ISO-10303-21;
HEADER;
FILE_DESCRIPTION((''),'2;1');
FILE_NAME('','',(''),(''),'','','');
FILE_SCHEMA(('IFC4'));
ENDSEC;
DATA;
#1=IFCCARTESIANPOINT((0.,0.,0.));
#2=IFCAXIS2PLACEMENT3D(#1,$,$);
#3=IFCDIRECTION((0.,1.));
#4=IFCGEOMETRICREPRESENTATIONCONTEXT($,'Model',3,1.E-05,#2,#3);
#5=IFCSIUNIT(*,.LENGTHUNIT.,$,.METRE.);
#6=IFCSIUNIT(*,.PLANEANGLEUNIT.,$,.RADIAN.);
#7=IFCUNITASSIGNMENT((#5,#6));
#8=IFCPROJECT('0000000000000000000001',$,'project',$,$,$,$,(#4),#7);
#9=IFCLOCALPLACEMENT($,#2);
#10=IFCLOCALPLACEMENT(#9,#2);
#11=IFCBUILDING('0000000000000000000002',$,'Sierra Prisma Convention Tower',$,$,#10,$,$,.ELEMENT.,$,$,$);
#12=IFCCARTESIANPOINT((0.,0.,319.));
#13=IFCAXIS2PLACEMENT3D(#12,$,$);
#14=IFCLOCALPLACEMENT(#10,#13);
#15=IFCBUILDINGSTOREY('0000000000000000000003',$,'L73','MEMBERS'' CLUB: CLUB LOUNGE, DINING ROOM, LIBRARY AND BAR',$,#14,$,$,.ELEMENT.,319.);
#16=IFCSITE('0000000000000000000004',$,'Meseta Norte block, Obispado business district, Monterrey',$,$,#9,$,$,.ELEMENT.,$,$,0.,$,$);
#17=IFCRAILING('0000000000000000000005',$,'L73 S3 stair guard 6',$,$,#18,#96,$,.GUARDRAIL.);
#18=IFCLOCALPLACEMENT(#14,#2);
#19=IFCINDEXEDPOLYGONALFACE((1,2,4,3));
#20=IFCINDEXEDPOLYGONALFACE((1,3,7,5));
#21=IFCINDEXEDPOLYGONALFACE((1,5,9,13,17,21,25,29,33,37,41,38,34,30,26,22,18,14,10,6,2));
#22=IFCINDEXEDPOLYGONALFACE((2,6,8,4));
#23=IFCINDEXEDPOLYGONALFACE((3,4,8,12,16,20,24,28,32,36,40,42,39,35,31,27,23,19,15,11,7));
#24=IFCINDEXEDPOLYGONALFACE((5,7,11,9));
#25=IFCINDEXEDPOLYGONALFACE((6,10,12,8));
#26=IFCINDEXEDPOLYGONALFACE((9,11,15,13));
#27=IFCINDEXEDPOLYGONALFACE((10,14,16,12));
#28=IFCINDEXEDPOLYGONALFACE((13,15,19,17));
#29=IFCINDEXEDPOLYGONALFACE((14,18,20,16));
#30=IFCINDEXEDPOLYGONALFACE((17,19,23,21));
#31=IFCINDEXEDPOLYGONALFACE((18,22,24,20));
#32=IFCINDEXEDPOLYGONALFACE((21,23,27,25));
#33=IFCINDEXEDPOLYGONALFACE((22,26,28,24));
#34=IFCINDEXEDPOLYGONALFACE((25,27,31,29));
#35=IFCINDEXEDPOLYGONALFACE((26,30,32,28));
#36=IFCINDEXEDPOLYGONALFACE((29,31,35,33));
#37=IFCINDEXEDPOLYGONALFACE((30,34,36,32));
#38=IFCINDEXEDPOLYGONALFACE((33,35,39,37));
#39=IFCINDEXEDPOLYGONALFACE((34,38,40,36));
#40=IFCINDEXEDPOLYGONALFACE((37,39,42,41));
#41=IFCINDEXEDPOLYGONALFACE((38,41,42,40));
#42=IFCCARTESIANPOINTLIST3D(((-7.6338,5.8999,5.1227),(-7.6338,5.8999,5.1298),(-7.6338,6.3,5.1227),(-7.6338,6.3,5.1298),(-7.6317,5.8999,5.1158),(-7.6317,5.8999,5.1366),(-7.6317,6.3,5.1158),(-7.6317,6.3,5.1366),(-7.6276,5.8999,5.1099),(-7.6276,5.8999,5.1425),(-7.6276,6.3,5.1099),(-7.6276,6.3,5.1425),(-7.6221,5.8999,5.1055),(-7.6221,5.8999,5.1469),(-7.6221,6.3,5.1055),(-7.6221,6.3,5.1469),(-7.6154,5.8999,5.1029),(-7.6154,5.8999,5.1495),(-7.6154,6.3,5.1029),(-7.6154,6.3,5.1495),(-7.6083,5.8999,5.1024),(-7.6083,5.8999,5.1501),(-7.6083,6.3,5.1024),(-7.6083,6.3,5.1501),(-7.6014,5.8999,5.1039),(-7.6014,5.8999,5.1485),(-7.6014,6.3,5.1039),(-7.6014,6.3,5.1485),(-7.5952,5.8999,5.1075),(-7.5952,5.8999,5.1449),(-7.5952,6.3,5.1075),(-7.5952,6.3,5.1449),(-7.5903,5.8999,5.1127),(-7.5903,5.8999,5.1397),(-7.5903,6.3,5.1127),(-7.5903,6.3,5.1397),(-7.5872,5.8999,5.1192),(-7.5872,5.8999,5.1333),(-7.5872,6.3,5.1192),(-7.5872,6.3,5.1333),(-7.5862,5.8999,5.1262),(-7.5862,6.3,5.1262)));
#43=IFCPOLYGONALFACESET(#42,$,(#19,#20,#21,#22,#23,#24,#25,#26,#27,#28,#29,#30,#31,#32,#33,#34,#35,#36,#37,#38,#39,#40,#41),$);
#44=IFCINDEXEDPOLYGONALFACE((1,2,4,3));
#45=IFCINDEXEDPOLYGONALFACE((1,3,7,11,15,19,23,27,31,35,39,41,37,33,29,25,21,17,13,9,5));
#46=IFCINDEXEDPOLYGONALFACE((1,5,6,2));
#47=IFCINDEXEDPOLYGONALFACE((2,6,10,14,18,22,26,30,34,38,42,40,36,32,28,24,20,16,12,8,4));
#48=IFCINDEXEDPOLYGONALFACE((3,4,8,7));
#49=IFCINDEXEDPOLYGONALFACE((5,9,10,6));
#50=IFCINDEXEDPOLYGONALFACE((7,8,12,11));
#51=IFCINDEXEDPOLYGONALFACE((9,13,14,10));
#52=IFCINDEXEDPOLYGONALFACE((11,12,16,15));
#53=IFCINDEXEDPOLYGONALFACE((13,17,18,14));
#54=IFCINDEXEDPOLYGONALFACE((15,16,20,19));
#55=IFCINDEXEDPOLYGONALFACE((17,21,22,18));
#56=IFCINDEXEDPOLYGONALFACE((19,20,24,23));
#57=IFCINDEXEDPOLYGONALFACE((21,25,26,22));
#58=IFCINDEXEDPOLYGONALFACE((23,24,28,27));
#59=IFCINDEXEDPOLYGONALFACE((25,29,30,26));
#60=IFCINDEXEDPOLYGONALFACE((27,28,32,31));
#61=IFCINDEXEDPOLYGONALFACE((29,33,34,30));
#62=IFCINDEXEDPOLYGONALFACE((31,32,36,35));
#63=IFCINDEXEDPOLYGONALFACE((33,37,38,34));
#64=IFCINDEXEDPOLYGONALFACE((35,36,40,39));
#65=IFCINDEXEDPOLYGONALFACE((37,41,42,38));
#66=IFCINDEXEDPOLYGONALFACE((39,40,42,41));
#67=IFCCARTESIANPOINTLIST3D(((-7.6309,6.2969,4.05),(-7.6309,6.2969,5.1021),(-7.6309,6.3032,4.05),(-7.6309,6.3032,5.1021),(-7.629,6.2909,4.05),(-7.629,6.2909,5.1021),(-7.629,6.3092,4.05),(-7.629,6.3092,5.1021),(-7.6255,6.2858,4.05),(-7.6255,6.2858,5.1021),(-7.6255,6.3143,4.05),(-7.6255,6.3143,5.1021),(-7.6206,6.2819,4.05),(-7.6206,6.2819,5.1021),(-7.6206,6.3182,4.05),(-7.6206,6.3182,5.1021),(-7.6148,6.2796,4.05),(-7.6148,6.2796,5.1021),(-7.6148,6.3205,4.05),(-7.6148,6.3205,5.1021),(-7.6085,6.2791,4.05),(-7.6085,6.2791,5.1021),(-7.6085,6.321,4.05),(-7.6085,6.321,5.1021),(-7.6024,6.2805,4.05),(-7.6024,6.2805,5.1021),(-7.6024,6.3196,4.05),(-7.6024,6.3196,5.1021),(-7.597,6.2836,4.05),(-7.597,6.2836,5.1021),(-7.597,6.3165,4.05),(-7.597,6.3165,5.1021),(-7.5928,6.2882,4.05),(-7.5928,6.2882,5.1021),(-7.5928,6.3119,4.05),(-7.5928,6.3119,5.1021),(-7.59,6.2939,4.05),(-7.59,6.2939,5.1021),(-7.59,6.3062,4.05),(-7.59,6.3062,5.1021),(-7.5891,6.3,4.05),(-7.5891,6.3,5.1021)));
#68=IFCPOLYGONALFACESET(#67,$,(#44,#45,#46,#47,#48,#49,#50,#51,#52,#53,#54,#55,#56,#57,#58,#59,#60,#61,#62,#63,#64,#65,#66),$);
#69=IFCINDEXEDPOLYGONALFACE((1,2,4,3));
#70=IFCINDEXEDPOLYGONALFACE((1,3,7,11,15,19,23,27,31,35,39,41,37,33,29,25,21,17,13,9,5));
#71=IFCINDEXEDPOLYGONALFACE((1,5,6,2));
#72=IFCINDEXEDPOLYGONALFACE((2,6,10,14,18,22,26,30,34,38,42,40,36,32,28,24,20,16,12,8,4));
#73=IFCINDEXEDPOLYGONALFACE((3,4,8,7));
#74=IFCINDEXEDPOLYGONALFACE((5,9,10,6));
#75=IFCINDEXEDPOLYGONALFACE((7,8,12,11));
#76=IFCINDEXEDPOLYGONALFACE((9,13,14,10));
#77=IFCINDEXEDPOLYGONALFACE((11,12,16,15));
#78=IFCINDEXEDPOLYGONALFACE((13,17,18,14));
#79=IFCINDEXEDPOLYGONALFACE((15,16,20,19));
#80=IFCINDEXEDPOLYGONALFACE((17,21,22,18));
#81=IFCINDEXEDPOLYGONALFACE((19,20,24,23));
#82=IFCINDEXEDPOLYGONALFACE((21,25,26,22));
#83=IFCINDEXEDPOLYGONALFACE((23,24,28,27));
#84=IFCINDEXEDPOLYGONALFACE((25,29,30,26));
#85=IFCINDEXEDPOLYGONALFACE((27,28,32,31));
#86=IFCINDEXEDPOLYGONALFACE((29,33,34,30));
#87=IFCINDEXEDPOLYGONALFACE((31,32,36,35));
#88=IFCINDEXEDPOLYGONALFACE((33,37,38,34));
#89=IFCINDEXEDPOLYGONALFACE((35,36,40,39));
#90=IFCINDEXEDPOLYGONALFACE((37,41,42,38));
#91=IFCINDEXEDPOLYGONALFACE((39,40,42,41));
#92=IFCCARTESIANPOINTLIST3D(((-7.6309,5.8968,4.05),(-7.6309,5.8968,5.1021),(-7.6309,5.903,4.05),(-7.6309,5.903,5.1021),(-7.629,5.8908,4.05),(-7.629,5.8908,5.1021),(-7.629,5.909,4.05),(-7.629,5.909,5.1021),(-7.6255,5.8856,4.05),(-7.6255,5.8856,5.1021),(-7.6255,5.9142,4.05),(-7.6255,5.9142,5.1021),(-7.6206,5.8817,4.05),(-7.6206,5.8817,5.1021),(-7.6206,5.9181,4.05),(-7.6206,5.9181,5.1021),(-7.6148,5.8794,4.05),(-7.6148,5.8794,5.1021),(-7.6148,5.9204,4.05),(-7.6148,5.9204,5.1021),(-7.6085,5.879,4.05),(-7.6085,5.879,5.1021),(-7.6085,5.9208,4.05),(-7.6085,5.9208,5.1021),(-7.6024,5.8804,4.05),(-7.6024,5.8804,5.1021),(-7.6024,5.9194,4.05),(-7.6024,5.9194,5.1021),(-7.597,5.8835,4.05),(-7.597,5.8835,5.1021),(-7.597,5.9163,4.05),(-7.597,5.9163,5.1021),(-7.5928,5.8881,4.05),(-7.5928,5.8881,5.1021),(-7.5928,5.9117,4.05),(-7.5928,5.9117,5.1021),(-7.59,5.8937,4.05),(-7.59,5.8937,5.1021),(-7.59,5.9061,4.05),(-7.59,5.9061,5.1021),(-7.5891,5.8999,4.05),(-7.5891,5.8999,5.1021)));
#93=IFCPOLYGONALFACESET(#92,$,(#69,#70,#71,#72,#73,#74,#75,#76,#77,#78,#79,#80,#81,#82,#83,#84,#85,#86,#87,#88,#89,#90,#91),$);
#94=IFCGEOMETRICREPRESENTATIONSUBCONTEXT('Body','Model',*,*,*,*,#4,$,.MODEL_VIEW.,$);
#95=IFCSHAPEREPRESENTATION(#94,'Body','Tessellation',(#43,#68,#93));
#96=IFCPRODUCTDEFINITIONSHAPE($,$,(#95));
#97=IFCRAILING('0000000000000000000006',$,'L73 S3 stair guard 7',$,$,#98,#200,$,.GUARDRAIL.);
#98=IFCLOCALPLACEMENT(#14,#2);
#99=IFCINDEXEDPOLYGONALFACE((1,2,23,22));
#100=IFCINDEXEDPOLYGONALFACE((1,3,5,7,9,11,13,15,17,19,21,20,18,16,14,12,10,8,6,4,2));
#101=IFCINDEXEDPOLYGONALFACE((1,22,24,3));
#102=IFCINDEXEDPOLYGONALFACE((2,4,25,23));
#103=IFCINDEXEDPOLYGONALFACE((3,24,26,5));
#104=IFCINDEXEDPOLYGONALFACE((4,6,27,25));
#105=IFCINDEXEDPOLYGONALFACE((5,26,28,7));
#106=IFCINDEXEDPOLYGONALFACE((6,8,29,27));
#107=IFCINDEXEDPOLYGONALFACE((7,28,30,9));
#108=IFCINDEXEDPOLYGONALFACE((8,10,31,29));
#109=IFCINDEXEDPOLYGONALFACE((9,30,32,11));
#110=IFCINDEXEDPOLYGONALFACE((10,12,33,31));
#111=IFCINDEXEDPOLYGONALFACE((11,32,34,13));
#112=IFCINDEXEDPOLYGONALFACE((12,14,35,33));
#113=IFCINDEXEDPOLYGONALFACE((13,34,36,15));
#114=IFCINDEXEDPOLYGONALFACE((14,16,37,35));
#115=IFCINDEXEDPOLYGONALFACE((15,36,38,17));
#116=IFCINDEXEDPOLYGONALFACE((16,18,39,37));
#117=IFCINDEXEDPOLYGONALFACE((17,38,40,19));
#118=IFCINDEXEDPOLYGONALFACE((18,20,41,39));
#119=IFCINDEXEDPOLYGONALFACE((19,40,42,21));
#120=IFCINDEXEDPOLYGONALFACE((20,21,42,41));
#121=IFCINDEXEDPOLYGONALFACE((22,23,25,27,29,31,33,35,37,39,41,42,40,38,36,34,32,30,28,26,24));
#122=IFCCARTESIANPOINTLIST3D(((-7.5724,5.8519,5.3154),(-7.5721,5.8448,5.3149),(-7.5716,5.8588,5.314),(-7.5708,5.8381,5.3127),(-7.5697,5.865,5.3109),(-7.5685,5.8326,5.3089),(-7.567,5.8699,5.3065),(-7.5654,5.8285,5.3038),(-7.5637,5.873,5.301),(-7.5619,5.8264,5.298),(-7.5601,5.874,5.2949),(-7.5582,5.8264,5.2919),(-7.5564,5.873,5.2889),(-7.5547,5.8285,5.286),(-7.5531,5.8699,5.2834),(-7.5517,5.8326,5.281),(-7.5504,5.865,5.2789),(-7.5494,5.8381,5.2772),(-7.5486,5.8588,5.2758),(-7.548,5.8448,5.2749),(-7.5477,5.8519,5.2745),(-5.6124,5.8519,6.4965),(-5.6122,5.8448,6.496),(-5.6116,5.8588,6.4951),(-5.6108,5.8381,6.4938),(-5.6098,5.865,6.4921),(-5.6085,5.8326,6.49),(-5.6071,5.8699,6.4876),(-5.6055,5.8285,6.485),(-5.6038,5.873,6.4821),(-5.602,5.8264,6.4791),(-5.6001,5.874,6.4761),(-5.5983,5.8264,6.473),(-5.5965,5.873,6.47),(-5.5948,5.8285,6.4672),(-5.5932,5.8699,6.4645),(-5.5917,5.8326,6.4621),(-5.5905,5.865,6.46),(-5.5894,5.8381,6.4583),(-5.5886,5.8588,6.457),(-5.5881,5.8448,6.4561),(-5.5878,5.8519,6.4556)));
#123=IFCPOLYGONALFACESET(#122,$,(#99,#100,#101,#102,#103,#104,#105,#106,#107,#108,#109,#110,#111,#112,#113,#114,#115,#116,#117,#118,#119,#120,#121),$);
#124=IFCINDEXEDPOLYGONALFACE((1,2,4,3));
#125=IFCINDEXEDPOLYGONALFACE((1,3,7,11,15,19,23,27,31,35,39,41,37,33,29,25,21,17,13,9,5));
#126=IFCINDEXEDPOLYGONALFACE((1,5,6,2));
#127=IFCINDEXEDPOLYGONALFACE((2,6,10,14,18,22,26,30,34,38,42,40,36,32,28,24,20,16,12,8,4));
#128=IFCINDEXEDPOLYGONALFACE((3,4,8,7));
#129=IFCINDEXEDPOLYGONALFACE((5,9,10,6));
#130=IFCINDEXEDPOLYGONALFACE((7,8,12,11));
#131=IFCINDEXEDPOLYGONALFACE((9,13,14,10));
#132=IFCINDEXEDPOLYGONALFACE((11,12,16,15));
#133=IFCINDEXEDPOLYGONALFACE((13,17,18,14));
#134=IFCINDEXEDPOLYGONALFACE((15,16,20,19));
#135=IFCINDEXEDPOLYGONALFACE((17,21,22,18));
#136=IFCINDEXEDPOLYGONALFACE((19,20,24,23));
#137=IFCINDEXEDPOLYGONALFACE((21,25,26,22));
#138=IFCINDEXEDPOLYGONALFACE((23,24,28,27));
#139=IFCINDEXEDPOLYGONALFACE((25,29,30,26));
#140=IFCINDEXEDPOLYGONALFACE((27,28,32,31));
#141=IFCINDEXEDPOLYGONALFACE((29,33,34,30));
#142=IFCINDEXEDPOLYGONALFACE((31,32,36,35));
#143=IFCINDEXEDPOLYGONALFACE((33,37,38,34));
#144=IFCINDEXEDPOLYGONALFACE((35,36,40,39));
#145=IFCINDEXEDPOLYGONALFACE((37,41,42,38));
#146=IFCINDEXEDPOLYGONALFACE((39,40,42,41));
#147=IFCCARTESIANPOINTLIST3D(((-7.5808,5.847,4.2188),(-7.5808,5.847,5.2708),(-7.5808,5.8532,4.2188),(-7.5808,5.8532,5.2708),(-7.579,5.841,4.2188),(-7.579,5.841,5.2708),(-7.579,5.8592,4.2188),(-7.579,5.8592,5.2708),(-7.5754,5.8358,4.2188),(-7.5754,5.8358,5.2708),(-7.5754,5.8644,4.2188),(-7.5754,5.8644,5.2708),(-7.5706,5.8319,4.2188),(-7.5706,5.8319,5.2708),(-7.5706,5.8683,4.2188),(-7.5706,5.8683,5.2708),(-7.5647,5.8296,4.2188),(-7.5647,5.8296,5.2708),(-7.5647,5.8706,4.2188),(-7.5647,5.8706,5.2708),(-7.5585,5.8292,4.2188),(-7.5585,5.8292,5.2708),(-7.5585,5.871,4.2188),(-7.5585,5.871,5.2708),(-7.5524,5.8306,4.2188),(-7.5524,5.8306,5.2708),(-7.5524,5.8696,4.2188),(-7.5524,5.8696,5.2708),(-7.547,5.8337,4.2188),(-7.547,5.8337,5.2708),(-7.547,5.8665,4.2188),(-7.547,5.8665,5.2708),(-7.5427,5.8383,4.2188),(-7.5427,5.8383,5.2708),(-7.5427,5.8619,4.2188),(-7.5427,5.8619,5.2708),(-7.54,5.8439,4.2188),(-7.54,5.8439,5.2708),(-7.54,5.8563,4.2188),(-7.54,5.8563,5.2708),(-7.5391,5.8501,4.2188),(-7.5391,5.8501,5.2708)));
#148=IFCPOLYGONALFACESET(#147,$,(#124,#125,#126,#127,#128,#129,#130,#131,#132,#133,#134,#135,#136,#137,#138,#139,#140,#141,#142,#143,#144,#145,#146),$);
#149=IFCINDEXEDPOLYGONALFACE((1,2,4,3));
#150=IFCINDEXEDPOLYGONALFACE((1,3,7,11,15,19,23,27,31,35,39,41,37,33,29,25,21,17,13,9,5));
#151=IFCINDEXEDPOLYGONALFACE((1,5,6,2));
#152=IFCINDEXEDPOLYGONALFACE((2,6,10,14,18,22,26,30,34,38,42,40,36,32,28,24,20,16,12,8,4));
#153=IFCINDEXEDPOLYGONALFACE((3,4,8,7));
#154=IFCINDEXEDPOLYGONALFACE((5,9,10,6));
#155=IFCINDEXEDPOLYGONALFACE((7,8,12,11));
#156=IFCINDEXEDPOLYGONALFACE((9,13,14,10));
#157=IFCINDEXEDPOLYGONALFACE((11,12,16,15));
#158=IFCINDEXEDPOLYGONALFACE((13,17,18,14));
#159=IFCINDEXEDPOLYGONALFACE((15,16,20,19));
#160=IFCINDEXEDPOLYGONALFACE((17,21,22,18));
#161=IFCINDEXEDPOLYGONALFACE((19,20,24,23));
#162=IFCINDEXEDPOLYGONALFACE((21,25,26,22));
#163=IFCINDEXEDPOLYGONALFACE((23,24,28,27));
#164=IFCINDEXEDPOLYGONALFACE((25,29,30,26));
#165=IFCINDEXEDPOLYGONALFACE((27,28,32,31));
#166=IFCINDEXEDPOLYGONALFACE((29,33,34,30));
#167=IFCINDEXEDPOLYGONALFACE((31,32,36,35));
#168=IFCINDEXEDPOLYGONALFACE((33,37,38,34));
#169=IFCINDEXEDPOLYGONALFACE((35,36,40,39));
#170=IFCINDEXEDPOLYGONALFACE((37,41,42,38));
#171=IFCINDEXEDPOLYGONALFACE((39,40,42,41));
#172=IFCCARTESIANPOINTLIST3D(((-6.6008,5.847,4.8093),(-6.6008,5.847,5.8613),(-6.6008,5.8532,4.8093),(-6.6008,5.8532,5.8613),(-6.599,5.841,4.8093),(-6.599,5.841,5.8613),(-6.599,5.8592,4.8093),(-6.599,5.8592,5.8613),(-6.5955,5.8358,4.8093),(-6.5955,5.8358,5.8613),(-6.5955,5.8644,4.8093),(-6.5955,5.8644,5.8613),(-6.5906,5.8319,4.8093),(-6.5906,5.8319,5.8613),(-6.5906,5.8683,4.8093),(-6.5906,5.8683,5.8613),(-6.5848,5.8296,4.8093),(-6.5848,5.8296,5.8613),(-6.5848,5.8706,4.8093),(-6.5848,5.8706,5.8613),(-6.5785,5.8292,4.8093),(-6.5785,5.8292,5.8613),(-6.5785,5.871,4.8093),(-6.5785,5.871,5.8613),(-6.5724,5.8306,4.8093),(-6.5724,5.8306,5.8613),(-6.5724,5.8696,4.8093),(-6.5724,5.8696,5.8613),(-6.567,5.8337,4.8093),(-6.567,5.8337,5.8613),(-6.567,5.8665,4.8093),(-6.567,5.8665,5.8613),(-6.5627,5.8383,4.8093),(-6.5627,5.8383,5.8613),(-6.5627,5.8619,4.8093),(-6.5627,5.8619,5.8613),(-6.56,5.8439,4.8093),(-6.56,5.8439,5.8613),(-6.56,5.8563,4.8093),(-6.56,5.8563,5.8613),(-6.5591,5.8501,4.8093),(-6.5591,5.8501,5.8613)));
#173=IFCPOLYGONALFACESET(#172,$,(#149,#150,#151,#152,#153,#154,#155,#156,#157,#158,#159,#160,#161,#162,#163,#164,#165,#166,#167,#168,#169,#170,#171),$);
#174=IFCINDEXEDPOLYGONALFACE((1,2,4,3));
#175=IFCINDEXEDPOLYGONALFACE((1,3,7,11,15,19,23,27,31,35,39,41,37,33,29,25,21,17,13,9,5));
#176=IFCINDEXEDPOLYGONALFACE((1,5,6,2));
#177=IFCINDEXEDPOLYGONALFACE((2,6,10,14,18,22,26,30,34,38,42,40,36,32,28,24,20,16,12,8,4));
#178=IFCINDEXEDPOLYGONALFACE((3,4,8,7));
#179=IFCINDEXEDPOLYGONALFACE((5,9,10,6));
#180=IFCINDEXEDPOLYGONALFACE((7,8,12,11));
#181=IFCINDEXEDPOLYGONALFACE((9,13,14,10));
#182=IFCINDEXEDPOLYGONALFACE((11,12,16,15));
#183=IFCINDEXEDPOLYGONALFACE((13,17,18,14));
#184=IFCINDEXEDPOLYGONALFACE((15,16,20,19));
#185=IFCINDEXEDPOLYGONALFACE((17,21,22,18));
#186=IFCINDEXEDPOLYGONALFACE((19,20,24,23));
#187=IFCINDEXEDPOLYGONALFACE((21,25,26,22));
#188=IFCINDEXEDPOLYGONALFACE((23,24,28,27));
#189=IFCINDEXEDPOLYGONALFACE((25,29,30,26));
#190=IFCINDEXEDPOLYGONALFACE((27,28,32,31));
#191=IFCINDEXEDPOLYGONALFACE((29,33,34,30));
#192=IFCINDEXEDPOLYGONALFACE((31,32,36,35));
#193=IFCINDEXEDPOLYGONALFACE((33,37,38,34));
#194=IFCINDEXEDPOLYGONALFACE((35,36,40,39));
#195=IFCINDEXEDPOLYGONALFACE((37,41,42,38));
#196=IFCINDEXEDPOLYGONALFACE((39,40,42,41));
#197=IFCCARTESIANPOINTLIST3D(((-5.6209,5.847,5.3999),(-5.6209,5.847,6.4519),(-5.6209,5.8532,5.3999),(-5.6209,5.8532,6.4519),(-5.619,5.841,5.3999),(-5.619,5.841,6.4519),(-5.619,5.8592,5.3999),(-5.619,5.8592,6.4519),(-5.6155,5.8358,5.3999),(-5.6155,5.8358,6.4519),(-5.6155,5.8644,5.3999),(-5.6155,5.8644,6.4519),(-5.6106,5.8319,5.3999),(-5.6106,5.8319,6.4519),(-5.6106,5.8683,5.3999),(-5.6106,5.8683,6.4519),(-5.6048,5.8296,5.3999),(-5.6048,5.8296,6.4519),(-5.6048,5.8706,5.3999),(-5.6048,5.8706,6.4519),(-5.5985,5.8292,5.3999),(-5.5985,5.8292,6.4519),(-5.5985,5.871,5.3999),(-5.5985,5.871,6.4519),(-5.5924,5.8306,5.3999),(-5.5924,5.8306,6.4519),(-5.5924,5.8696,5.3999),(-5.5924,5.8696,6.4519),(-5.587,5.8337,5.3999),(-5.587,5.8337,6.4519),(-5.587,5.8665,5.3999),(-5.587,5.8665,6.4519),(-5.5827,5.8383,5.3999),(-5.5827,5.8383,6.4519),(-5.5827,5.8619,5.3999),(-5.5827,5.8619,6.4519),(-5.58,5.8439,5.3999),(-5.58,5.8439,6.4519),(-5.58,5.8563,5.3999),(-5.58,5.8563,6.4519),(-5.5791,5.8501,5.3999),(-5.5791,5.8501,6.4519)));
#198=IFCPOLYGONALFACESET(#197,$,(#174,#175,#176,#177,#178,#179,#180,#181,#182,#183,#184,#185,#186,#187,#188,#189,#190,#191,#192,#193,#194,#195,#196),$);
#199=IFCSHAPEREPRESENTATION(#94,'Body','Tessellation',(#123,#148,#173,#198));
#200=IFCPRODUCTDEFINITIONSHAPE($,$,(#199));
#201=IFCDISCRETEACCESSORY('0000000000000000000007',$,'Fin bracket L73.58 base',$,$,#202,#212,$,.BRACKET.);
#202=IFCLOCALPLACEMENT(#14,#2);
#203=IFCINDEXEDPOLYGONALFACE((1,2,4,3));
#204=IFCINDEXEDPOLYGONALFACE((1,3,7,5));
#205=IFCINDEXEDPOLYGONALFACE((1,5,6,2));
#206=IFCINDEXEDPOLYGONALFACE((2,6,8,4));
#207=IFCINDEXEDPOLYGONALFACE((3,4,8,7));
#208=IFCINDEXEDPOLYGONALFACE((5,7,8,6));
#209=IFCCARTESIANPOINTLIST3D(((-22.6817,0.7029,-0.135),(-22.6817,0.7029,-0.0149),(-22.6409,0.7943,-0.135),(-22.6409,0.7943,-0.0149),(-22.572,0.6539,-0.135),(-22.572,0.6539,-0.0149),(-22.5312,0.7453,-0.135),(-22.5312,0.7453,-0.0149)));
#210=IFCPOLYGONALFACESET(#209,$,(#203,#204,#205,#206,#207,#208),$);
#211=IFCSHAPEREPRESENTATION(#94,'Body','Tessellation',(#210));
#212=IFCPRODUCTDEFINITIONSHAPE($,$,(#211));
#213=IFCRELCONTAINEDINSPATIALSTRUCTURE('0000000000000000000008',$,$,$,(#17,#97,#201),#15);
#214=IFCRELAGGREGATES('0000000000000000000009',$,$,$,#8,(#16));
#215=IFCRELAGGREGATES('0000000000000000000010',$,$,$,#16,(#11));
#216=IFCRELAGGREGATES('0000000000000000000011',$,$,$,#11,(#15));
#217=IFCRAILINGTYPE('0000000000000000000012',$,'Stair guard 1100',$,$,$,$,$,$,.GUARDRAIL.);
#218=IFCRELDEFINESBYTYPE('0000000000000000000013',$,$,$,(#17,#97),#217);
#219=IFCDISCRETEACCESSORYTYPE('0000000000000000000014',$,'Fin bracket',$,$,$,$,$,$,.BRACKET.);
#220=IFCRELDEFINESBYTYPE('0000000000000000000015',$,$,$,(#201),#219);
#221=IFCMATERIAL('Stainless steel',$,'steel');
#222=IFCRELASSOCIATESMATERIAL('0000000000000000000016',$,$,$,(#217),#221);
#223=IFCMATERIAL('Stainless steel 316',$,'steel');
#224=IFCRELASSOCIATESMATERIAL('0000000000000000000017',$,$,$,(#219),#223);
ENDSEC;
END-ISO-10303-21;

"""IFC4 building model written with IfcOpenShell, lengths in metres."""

from ifc_helpers import new_model, si_unit, direction, frame, origin, origin_2d, place, context, subcontext, project, spatial, rectangle, circle, extrude, material, type_object, element, save


model = new_model("IFC4")

# Units and contexts
model_context = context("Model", 3, precision=1e-05, world=origin(), true_north=direction((0.0, 1.0)))
body_context = subcontext(model_context, "Body", "Model", "MODEL_VIEW")
ifc_project = project(units=[si_unit("LENGTHUNIT", "METRE"), si_unit("PLANEANGLEUNIT", "RADIAN")], contexts=[model_context])

# Site, building, storey
site_placement = place(None, origin())
site = spatial("IfcSite", under=ifc_project, at=site_placement, Name="Meseta Norte block, Obispado business district, Monterrey", CompositionType="ELEMENT", RefElevation=0.0)
building_placement = place(site_placement, origin())
building = spatial("IfcBuilding", under=site, at=building_placement, Name="Sierra Prisma Convention Tower", CompositionType="ELEMENT")
storey_placement = place(building_placement, frame((0.0, 0.0, 319.0)))
storey = spatial("IfcBuildingStorey", under=building, at=storey_placement, Name="L73", Description="MEMBERS' CLUB: CLUB LOUNGE, DINING ROOM, LIBRARY AND BAR", CompositionType="ELEMENT", Elevation=319.0)

# Railings
ifc_material_1 = material(Name="Stainless steel", Category="steel")
railing_type_1 = type_object("IfcRailingType", Name="Stair guard 1100", PredefinedType="GUARDRAIL", material=ifc_material_1)
railing_1_placement = place(storey_placement, frame((-7.6101, 6.3, 4.05)))
element("IfcRailing", 1, at=railing_1_placement, inside=storey, type_object=railing_type_1, Name="L73 S3 stair guard 6", PredefinedType="GUARDRAIL", context=body_context, shape_type="SweptSolid", body=[
    extrude(circle(Radius=0.0239, at=origin_2d()), frame((0.0, 0.0, 1.0762), z_axis=(0.0, -1.0, 0.0), x_axis=(1.0, 0.0, 0.0)), (0.0, 0.0, 1.0), 0.4001),
    extrude(circle(Radius=0.021, at=origin_2d()), origin(), (0.0, 0.0, 1.0), 1.052),
    extrude(circle(Radius=0.021, at=origin_2d()), frame((0.0, -0.4001, 0.0)), (0.0, 0.0, 1.0), 1.052),
])
railing_2_placement = place(storey_placement, frame((-7.5601, 5.8501, 4.2188)))
element("IfcRailing", 2, at=railing_2_placement, inside=storey, type_object=railing_type_1, Name="L73 S3 stair guard 7", PredefinedType="GUARDRAIL", context=body_context, shape_type="SweptSolid", body=[
    extrude(circle(Radius=0.0239, at=origin_2d()), frame((0.0, 0.0, 1.0762), z_axis=(0.856493, 0.0, 0.516158), x_axis=(0.0, 1.0, 0.0)), (0.0, 0.0, 1.0), 2.2883),
    extrude(circle(Radius=0.021, at=origin_2d()), origin(), (0.0, 0.0, 1.0), 1.052),
    extrude(circle(Radius=0.021, at=origin_2d()), frame((0.98, 0.0, 0.5906)), (0.0, 0.0, 1.0), 1.052),
    extrude(circle(Radius=0.021, at=origin_2d()), frame((1.96, 0.0, 1.1812)), (0.0, 0.0, 1.0), 1.052),
])

# Discrete accessory
ifc_material_2 = material(Name="Stainless steel 316", Category="steel")
discrete_accessory_type = type_object("IfcDiscreteAccessoryType", Name="Fin bracket", PredefinedType="BRACKET", material=ifc_material_2)
discrete_accessory_placement = place(storey_placement, frame((-22.6064, 0.7241, -0.135), z_axis=(0.0, 0.0, 1.0), x_axis=(-0.913119, 0.407693, 0.0)))
element("IfcDiscreteAccessory", 3, at=discrete_accessory_placement, inside=storey, type_object=discrete_accessory_type, Name="Fin bracket L73.58 base", PredefinedType="BRACKET", context=body_context, shape_type="SweptSolid", body=[
    extrude(rectangle(XDim=0.1201, YDim=0.1001, at=origin_2d()), origin(), (0.0, 0.0, 1.0), 0.1201),
])

save(model, "model.ifc")
